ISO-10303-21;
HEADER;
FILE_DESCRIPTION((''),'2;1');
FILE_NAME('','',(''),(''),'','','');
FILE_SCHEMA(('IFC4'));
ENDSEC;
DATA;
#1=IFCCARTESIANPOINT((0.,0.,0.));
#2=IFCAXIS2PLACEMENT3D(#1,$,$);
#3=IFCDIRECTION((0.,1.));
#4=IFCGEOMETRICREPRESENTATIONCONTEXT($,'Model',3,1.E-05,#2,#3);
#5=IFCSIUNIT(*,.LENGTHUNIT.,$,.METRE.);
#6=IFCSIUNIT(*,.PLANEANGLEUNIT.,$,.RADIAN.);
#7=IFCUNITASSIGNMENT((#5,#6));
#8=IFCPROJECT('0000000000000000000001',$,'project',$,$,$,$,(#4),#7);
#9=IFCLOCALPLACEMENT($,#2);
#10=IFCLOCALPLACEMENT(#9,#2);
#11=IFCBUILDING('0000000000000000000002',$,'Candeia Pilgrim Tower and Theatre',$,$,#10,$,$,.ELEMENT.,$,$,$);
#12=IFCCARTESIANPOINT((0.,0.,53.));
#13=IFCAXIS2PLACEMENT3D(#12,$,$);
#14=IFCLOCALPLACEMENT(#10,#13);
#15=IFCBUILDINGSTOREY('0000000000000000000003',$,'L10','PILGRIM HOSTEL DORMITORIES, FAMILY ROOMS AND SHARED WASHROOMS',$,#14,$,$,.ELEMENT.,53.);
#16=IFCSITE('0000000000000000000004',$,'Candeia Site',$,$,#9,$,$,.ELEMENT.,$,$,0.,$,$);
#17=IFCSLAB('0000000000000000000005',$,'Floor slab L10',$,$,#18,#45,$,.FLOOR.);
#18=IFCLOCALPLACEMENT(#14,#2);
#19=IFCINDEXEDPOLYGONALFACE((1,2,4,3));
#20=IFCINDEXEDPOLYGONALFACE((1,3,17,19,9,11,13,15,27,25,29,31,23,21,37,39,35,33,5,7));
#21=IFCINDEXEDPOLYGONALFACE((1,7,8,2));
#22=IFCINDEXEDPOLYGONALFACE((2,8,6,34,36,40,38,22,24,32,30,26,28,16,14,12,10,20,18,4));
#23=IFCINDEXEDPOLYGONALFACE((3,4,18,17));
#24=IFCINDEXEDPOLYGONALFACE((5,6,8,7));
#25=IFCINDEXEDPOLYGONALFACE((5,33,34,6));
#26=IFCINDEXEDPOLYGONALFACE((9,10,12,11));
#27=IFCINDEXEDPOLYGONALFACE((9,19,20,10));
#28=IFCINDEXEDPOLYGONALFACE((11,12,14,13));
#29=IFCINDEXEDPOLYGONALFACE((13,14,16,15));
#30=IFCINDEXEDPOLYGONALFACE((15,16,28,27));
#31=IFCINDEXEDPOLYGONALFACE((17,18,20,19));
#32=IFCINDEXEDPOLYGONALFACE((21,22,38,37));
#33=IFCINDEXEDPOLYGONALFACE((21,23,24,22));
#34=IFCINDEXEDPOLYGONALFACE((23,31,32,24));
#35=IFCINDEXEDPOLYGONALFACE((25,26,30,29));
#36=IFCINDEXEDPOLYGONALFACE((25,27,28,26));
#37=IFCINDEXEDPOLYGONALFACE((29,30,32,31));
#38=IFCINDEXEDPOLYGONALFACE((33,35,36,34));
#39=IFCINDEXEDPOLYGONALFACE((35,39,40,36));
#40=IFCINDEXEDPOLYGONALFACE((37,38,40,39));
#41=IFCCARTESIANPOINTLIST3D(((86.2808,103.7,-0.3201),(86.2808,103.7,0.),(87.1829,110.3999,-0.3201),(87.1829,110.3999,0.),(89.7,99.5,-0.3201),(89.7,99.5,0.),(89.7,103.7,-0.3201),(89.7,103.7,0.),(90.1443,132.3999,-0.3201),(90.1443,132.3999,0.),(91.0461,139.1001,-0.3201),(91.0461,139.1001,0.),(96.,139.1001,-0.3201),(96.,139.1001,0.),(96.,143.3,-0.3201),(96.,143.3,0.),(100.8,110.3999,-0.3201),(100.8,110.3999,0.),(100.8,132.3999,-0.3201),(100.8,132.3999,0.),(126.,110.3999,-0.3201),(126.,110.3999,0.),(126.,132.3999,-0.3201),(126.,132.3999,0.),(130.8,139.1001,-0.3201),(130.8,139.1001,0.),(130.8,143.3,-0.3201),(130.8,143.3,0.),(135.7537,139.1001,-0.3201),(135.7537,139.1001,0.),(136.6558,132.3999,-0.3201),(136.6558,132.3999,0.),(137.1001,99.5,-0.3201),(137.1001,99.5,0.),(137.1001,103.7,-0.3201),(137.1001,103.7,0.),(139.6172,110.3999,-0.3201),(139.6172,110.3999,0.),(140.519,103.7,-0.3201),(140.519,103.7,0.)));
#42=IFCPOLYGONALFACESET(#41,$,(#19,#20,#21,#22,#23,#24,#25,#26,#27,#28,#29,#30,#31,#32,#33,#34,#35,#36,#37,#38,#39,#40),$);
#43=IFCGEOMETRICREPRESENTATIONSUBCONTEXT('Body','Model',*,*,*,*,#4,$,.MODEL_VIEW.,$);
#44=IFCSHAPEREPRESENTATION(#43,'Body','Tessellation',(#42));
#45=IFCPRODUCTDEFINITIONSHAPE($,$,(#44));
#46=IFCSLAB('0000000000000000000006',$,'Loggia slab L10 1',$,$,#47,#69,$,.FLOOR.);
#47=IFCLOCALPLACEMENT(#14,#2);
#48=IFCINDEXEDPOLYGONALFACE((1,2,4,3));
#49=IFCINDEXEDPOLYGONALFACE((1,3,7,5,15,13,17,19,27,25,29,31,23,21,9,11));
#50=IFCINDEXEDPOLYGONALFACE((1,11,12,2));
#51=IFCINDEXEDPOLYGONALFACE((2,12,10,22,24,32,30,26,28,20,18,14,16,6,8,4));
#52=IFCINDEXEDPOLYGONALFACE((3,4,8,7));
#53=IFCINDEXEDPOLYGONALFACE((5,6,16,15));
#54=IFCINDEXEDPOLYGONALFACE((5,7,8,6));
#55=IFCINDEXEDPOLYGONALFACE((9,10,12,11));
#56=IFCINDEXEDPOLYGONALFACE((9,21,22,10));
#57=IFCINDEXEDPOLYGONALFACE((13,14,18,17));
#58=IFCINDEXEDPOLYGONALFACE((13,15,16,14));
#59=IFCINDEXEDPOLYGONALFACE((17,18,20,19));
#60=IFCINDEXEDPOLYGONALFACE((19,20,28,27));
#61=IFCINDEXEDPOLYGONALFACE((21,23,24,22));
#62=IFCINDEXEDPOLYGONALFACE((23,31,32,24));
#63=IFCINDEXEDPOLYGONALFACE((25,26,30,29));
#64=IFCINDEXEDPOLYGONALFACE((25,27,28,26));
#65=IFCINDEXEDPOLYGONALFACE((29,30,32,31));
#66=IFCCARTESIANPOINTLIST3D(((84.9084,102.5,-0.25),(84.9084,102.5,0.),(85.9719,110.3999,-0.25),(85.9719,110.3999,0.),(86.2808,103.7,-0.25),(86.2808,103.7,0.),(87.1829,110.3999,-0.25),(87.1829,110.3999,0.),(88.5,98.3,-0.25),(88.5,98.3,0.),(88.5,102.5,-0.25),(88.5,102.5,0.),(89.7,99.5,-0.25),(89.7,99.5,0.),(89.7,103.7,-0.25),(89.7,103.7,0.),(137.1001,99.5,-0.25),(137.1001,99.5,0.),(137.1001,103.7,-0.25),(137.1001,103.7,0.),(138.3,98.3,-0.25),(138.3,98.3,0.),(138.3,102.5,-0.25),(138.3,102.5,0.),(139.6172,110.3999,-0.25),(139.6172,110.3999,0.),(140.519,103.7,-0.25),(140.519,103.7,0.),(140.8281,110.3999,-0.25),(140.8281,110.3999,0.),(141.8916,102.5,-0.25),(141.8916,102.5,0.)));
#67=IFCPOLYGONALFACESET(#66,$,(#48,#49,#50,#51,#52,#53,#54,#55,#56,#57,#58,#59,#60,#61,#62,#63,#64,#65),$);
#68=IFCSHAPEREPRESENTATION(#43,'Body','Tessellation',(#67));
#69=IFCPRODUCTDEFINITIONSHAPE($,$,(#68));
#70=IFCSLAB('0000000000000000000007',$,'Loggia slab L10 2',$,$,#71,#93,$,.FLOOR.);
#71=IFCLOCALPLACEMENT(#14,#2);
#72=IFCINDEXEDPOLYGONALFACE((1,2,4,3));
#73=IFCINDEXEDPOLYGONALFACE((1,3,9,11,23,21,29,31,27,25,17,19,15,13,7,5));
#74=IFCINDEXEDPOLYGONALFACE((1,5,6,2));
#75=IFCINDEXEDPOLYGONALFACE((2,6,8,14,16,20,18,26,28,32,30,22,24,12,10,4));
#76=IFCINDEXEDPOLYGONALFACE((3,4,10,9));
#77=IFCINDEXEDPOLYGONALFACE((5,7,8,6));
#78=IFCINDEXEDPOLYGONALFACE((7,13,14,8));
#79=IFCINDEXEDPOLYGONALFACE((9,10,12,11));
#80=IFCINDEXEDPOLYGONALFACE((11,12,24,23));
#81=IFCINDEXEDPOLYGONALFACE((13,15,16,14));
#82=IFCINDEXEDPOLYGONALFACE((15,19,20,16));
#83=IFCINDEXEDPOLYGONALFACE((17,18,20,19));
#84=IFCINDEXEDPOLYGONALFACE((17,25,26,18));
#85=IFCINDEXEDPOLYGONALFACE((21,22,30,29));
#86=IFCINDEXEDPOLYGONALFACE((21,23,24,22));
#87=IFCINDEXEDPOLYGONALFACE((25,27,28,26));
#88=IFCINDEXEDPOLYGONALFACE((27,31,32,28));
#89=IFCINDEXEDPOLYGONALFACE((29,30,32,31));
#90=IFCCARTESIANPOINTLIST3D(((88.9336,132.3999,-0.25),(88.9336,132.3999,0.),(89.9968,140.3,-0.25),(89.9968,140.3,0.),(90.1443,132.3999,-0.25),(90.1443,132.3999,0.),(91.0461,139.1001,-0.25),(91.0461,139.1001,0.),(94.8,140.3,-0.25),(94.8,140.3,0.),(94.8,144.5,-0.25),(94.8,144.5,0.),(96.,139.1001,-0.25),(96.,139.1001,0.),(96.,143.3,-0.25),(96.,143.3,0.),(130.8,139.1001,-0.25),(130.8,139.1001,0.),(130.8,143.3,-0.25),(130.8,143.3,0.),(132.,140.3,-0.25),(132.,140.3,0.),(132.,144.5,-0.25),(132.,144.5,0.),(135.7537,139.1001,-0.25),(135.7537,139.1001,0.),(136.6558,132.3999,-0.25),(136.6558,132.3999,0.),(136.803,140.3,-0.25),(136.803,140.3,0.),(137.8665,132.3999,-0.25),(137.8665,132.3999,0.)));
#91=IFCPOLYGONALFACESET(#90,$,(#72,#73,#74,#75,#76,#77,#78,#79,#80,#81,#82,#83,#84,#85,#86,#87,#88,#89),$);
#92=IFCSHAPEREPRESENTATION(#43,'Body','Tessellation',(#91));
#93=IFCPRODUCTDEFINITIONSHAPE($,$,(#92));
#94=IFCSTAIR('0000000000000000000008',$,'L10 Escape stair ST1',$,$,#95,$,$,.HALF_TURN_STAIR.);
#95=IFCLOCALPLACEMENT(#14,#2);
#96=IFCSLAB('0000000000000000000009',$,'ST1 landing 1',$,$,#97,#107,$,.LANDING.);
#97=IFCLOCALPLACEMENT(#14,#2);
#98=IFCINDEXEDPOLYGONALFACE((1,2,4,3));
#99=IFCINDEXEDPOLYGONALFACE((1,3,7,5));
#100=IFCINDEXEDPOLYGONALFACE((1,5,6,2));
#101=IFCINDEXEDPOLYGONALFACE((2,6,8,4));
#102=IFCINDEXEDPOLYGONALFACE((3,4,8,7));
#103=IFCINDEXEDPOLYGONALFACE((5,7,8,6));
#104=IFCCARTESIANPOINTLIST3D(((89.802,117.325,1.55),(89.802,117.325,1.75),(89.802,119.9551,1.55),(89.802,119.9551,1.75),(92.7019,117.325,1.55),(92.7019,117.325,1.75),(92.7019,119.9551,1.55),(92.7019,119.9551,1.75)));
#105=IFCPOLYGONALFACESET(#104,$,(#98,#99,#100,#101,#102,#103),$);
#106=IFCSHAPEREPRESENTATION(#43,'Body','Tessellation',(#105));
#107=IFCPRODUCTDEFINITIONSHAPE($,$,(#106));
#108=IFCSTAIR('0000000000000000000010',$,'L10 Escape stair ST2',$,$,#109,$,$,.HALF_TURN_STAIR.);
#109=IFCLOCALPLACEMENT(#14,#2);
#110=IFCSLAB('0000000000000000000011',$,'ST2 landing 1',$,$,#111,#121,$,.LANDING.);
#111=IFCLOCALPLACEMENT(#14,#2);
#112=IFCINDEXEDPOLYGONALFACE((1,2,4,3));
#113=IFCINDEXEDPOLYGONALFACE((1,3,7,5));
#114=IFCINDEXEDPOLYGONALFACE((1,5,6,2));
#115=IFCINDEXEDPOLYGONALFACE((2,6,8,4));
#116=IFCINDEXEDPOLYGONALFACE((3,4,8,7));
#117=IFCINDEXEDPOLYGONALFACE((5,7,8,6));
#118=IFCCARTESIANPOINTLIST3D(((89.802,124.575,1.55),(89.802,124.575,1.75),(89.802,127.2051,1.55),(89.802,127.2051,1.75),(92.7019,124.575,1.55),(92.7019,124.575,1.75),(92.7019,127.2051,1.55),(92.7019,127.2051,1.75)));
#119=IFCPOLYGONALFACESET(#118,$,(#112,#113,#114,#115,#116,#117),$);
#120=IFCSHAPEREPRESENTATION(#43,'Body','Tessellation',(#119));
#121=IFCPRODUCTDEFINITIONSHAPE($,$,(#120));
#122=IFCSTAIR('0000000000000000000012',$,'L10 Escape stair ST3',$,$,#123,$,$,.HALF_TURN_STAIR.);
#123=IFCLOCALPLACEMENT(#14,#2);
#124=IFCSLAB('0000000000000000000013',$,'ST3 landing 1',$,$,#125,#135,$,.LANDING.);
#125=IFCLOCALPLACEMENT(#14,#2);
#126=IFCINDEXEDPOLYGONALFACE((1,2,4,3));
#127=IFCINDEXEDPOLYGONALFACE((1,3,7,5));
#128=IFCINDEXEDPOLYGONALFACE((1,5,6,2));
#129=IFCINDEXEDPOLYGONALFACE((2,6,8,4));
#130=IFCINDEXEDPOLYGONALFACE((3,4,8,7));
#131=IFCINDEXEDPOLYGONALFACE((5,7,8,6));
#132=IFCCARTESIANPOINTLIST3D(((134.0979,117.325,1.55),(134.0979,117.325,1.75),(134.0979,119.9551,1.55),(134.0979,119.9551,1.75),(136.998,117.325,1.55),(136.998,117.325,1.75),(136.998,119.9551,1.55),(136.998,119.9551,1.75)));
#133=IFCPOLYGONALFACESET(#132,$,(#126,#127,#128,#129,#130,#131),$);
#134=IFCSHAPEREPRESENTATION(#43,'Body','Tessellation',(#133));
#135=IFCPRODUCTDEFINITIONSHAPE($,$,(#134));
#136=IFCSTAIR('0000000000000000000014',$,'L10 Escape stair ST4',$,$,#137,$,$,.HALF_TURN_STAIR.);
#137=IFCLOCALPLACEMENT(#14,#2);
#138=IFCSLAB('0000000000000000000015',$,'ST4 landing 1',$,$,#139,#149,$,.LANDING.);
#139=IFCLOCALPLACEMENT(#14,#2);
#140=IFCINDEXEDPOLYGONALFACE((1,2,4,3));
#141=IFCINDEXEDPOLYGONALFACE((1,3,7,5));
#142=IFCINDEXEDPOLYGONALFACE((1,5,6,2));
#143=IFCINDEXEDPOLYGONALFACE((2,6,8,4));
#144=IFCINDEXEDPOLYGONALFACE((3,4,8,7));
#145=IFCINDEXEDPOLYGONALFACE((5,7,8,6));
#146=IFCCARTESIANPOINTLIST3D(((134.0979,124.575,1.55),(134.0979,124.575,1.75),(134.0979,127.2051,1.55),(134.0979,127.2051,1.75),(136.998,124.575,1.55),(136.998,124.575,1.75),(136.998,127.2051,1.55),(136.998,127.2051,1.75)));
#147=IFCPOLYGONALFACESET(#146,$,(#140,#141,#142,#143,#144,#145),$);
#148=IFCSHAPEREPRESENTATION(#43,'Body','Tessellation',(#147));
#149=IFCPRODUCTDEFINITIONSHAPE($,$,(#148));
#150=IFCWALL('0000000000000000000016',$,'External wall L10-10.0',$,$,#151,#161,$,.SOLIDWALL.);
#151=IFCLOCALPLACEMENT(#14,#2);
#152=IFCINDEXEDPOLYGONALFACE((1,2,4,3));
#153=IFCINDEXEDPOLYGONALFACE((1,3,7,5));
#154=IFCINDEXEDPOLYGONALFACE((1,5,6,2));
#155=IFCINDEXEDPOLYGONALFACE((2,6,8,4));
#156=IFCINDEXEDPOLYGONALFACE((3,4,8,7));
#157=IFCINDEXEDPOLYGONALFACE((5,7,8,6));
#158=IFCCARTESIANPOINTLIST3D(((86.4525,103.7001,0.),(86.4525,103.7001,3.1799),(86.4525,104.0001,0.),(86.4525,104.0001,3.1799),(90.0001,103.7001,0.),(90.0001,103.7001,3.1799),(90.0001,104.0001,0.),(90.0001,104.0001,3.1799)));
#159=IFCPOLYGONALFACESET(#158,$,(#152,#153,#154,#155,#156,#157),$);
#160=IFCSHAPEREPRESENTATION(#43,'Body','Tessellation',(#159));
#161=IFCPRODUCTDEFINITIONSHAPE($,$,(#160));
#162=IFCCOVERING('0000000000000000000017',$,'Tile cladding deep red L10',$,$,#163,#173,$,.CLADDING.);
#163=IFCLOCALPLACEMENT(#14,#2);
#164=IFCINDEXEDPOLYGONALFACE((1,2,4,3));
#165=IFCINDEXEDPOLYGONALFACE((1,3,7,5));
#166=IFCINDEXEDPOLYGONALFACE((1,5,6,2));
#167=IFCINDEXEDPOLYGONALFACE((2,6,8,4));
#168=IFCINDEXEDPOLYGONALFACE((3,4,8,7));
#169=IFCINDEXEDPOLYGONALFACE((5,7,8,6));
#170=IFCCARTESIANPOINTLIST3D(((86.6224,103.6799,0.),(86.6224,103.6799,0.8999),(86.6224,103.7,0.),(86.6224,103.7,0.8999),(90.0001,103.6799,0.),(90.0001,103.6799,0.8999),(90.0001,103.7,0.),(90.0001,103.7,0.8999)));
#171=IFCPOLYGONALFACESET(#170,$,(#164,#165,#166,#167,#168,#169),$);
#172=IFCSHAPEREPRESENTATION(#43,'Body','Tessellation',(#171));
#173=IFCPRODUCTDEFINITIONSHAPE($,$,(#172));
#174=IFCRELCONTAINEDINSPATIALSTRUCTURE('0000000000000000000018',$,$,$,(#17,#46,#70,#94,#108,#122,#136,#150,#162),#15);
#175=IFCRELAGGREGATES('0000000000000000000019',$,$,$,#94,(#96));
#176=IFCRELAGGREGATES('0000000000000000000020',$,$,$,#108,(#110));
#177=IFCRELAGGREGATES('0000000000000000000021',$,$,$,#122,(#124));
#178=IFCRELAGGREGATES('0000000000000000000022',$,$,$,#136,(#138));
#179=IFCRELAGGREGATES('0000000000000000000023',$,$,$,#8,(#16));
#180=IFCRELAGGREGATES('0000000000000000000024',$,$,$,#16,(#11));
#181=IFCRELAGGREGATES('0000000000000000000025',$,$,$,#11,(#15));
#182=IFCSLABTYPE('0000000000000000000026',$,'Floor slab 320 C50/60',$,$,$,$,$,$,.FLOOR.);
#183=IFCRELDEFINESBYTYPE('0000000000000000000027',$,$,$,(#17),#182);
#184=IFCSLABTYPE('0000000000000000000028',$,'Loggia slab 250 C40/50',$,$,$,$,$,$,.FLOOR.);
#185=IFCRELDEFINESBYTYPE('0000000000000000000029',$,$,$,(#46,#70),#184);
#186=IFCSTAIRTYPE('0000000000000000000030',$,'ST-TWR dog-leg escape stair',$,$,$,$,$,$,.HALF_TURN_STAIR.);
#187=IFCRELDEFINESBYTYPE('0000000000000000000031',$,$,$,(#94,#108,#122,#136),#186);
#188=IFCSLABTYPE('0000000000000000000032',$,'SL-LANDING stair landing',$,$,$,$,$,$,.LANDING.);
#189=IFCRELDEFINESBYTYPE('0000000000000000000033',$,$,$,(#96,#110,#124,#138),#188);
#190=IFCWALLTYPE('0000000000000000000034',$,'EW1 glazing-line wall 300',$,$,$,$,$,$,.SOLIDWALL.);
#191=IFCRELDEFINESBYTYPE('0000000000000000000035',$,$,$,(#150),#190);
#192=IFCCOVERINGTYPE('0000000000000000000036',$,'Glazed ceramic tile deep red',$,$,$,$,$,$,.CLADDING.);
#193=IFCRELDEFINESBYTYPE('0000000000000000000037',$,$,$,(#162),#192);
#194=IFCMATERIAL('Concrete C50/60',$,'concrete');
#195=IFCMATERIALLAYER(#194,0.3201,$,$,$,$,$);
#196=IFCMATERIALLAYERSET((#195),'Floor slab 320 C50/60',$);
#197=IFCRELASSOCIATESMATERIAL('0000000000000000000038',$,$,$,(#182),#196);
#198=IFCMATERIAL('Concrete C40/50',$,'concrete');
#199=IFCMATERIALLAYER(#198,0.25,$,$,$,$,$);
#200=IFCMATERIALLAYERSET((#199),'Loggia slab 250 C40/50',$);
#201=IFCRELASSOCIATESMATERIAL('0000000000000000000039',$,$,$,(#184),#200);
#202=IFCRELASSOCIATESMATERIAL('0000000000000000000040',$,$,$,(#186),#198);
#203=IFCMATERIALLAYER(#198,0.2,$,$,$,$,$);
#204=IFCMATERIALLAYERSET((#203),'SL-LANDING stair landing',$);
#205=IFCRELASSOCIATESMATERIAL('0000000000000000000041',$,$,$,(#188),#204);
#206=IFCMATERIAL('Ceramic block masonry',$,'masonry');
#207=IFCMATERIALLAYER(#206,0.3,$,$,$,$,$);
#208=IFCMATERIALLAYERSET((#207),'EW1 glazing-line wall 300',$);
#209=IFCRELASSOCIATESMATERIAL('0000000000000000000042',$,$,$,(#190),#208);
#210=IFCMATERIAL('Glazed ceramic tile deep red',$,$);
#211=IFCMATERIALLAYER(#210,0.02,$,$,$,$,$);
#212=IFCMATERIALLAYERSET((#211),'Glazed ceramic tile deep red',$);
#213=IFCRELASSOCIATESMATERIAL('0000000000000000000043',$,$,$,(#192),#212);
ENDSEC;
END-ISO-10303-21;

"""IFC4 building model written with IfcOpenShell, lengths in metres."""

from ifc_helpers import new_model, si_unit, direction, frame, frame_2d, origin, origin_2d, place, context, subcontext, project, spatial, polyline, rectangle, outline, extrude, material, layer, layer_set, type_object, element, aggregate, save


model = new_model("IFC4")

# Units and contexts
model_context = context("Model", 3, precision=1e-05, world=origin(), true_north=direction((0.0, 1.0)))
body_context = subcontext(model_context, "Body", "Model", "MODEL_VIEW")
ifc_project = project(units=[si_unit("LENGTHUNIT", "METRE"), si_unit("PLANEANGLEUNIT", "RADIAN")], contexts=[model_context])

# Site, building, storey
site_placement = place(None, origin())
site = spatial("IfcSite", under=ifc_project, at=site_placement, Name="Candeia Site", CompositionType="ELEMENT", RefElevation=0.0)
building_placement = place(site_placement, origin())
building = spatial("IfcBuilding", under=site, at=building_placement, Name="Candeia Pilgrim Tower and Theatre", CompositionType="ELEMENT")
storey_placement = place(building_placement, frame((0.0, 0.0, 53.0)))
storey = spatial("IfcBuildingStorey", under=building, at=storey_placement, Name="L10", Description="PILGRIM HOSTEL DORMITORIES, FAMILY ROOMS AND SHARED WASHROOMS", CompositionType="ELEMENT", Elevation=53.0)

# Slabs
ifc_material_1 = material(Name="Concrete C40/50", Category="concrete")
ifc_material_2 = material(Name="Concrete C50/60", Category="concrete")
ifc_layer_1 = layer(ifc_material_2, 0.3201)
ifc_layer_set_1 = layer_set([ifc_layer_1], Name="Floor slab 320 C50/60")
slab_type_1 = type_object("IfcSlabType", Name="Floor slab 320 C50/60", PredefinedType="FLOOR", material=ifc_layer_set_1)
slab_1_placement = place(storey_placement, frame((0.0, 0.0, -0.3201)))
element("IfcSlab", 1, at=slab_1_placement, inside=storey, type_object=slab_type_1, Name="Floor slab L10", PredefinedType="FLOOR", context=body_context, shape_type="SweptSolid", body=[
    extrude(outline(polyline([(96.0, 139.1001), (96.0, 143.3), (130.8, 143.3), (130.8, 139.1001), (135.7537, 139.1001), (136.6558, 132.3999), (126.0, 132.3999), (126.0, 110.3999), (139.6172, 110.3999), (140.519, 103.7), (137.1001, 103.7), (137.1001, 99.5), (89.7, 99.5), (89.7, 103.7), (86.2808, 103.7), (87.1829, 110.3999), (100.8, 110.3999), (100.8, 132.3999), (90.1443, 132.3999), (91.0461, 139.1001), (96.0, 139.1001)])), origin(), (0.0, 0.0, 1.0), 0.3201),
])
ifc_layer_2 = layer(ifc_material_1, 0.25)
ifc_layer_set_2 = layer_set([ifc_layer_2], Name="Loggia slab 250 C40/50")
slab_type_2 = type_object("IfcSlabType", Name="Loggia slab 250 C40/50", PredefinedType="FLOOR", material=ifc_layer_set_2)
slab_2_placement = place(storey_placement, frame((0.0, 0.0, -0.25)))
element("IfcSlab", 2, at=slab_2_placement, inside=storey, type_object=slab_type_2, Name="Loggia slab L10 1", PredefinedType="FLOOR", context=body_context, shape_type="SweptSolid", body=[
    extrude(outline(polyline([(87.1829, 110.3999), (86.2808, 103.7), (89.7, 103.7), (89.7, 99.5), (137.1001, 99.5), (137.1001, 103.7), (140.519, 103.7), (139.6172, 110.3999), (140.8281, 110.3999), (141.8916, 102.5), (138.3, 102.5), (138.3, 98.3), (88.5, 98.3), (88.5, 102.5), (84.9084, 102.5), (85.9719, 110.3999), (87.1829, 110.3999)])), origin(), (0.0, 0.0, 1.0), 0.25),
])
slab_3_placement = place(storey_placement, frame((0.0, 0.0, -0.25)))
element("IfcSlab", 3, at=slab_3_placement, inside=storey, type_object=slab_type_2, Name="Loggia slab L10 2", PredefinedType="FLOOR", context=body_context, shape_type="SweptSolid", body=[
    extrude(outline(polyline([(136.6558, 132.3999), (135.7537, 139.1001), (130.8, 139.1001), (130.8, 143.3), (96.0, 143.3), (96.0, 139.1001), (91.0461, 139.1001), (90.1443, 132.3999), (88.9336, 132.3999), (89.9968, 140.3), (94.8, 140.3), (94.8, 144.5), (132.0, 144.5), (132.0, 140.3), (136.803, 140.3), (137.8665, 132.3999), (136.6558, 132.3999)])), origin(), (0.0, 0.0, 1.0), 0.25),
])

# Stairs, slabs
stair_type = type_object("IfcStairType", Name="ST-TWR dog-leg escape stair", PredefinedType="HALF_TURN_STAIR", material=ifc_material_1)
stair_1_placement = place(storey_placement, origin())
stair_1 = element("IfcStair", 4, at=stair_1_placement, inside=storey, type_object=stair_type, Name="L10 Escape stair ST1", PredefinedType="HALF_TURN_STAIR")
ifc_layer_3 = layer(ifc_material_1, 0.2)
ifc_layer_set_3 = layer_set([ifc_layer_3], Name="SL-LANDING stair landing")
slab_type_3 = type_object("IfcSlabType", Name="SL-LANDING stair landing", PredefinedType="LANDING", material=ifc_layer_set_3)
slab_4_placement = place(storey_placement, frame((0.0, 0.0, 1.55)))
slab_4 = element("IfcSlab", 5, at=slab_4_placement, type_object=slab_type_3, Name="ST1 landing 1", PredefinedType="LANDING", context=body_context, shape_type="SweptSolid", body=[
    extrude(outline(polyline([(89.802, 119.9551), (89.802, 117.325), (92.7019, 117.325), (92.7019, 119.9551), (89.802, 119.9551)])), origin(), (0.0, 0.0, 1.0), 0.2),
])
aggregate(stair_1, [slab_4])
stair_2_placement = place(storey_placement, origin())
stair_2 = element("IfcStair", 6, at=stair_2_placement, inside=storey, type_object=stair_type, Name="L10 Escape stair ST2", PredefinedType="HALF_TURN_STAIR")
slab_5_placement = place(storey_placement, frame((0.0, 0.0, 1.55)))
slab_5 = element("IfcSlab", 7, at=slab_5_placement, type_object=slab_type_3, Name="ST2 landing 1", PredefinedType="LANDING", context=body_context, shape_type="SweptSolid", body=[
    extrude(outline(polyline([(89.802, 127.2051), (89.802, 124.575), (92.7019, 124.575), (92.7019, 127.2051), (89.802, 127.2051)])), origin(), (0.0, 0.0, 1.0), 0.2),
])
aggregate(stair_2, [slab_5])
stair_3_placement = place(storey_placement, origin())
stair_3 = element("IfcStair", 8, at=stair_3_placement, inside=storey, type_object=stair_type, Name="L10 Escape stair ST3", PredefinedType="HALF_TURN_STAIR")
slab_6_placement = place(storey_placement, frame((0.0, 0.0, 1.55)))
slab_6 = element("IfcSlab", 9, at=slab_6_placement, type_object=slab_type_3, Name="ST3 landing 1", PredefinedType="LANDING", context=body_context, shape_type="SweptSolid", body=[
    extrude(outline(polyline([(134.0979, 119.9551), (134.0979, 117.325), (136.998, 117.325), (136.998, 119.9551), (134.0979, 119.9551)])), origin(), (0.0, 0.0, 1.0), 0.2),
])
aggregate(stair_3, [slab_6])
stair_4_placement = place(storey_placement, origin())
stair_4 = element("IfcStair", 10, at=stair_4_placement, inside=storey, type_object=stair_type, Name="L10 Escape stair ST4", PredefinedType="HALF_TURN_STAIR")
slab_7_placement = place(storey_placement, frame((0.0, 0.0, 1.55)))
slab_7 = element("IfcSlab", 11, at=slab_7_placement, type_object=slab_type_3, Name="ST4 landing 1", PredefinedType="LANDING", context=body_context, shape_type="SweptSolid", body=[
    extrude(outline(polyline([(134.0979, 127.2051), (134.0979, 124.575), (136.998, 124.575), (136.998, 127.2051), (134.0979, 127.2051)])), origin(), (0.0, 0.0, 1.0), 0.2),
])
aggregate(stair_4, [slab_7])

# Wall
ifc_material_3 = material(Name="Ceramic block masonry", Category="masonry")
ifc_layer_4 = layer(ifc_material_3, 0.3)
ifc_layer_set_4 = layer_set([ifc_layer_4], Name="EW1 glazing-line wall 300")
wall_type = type_object("IfcWallType", Name="EW1 glazing-line wall 300", PredefinedType="SOLIDWALL", material=ifc_layer_set_4)
wall_placement = place(storey_placement, frame((86.4524, 103.8501, 0.0), z_axis=(0.0, 0.0, 1.0), x_axis=(1.0, 0.0, 0.0)))
element("IfcWall", 12, at=wall_placement, inside=storey, type_object=wall_type, Name="External wall L10-10.0", PredefinedType="SOLIDWALL", context=body_context, shape_type="SweptSolid", body=[
    extrude(rectangle(XDim=3.5476, YDim=0.3, at=frame_2d((1.7739, 0.0))), origin(), (0.0, 0.0, 1.0), 3.1799),
])

# Covering
ifc_material_4 = material(Name="Glazed ceramic tile deep red")
ifc_layer_5 = layer(ifc_material_4, 0.02)
ifc_layer_set_5 = layer_set([ifc_layer_5], Name="Glazed ceramic tile deep red")
covering_type = type_object("IfcCoveringType", Name="Glazed ceramic tile deep red", PredefinedType="CLADDING", material=ifc_layer_set_5)
covering_placement = place(storey_placement, frame((88.3113, 103.6899, 0.0), z_axis=(0.0, 0.0, 1.0), x_axis=(1.0, 0.0, 0.0)))
element("IfcCovering", 13, at=covering_placement, inside=storey, type_object=covering_type, Name="Tile cladding deep red L10", PredefinedType="CLADDING", context=body_context, shape_type="SweptSolid", body=[
    extrude(rectangle(XDim=3.3777, YDim=0.02, at=origin_2d()), origin(), (0.0, 0.0, 1.0), 0.8999),
])

save(model, "model.ifc")
